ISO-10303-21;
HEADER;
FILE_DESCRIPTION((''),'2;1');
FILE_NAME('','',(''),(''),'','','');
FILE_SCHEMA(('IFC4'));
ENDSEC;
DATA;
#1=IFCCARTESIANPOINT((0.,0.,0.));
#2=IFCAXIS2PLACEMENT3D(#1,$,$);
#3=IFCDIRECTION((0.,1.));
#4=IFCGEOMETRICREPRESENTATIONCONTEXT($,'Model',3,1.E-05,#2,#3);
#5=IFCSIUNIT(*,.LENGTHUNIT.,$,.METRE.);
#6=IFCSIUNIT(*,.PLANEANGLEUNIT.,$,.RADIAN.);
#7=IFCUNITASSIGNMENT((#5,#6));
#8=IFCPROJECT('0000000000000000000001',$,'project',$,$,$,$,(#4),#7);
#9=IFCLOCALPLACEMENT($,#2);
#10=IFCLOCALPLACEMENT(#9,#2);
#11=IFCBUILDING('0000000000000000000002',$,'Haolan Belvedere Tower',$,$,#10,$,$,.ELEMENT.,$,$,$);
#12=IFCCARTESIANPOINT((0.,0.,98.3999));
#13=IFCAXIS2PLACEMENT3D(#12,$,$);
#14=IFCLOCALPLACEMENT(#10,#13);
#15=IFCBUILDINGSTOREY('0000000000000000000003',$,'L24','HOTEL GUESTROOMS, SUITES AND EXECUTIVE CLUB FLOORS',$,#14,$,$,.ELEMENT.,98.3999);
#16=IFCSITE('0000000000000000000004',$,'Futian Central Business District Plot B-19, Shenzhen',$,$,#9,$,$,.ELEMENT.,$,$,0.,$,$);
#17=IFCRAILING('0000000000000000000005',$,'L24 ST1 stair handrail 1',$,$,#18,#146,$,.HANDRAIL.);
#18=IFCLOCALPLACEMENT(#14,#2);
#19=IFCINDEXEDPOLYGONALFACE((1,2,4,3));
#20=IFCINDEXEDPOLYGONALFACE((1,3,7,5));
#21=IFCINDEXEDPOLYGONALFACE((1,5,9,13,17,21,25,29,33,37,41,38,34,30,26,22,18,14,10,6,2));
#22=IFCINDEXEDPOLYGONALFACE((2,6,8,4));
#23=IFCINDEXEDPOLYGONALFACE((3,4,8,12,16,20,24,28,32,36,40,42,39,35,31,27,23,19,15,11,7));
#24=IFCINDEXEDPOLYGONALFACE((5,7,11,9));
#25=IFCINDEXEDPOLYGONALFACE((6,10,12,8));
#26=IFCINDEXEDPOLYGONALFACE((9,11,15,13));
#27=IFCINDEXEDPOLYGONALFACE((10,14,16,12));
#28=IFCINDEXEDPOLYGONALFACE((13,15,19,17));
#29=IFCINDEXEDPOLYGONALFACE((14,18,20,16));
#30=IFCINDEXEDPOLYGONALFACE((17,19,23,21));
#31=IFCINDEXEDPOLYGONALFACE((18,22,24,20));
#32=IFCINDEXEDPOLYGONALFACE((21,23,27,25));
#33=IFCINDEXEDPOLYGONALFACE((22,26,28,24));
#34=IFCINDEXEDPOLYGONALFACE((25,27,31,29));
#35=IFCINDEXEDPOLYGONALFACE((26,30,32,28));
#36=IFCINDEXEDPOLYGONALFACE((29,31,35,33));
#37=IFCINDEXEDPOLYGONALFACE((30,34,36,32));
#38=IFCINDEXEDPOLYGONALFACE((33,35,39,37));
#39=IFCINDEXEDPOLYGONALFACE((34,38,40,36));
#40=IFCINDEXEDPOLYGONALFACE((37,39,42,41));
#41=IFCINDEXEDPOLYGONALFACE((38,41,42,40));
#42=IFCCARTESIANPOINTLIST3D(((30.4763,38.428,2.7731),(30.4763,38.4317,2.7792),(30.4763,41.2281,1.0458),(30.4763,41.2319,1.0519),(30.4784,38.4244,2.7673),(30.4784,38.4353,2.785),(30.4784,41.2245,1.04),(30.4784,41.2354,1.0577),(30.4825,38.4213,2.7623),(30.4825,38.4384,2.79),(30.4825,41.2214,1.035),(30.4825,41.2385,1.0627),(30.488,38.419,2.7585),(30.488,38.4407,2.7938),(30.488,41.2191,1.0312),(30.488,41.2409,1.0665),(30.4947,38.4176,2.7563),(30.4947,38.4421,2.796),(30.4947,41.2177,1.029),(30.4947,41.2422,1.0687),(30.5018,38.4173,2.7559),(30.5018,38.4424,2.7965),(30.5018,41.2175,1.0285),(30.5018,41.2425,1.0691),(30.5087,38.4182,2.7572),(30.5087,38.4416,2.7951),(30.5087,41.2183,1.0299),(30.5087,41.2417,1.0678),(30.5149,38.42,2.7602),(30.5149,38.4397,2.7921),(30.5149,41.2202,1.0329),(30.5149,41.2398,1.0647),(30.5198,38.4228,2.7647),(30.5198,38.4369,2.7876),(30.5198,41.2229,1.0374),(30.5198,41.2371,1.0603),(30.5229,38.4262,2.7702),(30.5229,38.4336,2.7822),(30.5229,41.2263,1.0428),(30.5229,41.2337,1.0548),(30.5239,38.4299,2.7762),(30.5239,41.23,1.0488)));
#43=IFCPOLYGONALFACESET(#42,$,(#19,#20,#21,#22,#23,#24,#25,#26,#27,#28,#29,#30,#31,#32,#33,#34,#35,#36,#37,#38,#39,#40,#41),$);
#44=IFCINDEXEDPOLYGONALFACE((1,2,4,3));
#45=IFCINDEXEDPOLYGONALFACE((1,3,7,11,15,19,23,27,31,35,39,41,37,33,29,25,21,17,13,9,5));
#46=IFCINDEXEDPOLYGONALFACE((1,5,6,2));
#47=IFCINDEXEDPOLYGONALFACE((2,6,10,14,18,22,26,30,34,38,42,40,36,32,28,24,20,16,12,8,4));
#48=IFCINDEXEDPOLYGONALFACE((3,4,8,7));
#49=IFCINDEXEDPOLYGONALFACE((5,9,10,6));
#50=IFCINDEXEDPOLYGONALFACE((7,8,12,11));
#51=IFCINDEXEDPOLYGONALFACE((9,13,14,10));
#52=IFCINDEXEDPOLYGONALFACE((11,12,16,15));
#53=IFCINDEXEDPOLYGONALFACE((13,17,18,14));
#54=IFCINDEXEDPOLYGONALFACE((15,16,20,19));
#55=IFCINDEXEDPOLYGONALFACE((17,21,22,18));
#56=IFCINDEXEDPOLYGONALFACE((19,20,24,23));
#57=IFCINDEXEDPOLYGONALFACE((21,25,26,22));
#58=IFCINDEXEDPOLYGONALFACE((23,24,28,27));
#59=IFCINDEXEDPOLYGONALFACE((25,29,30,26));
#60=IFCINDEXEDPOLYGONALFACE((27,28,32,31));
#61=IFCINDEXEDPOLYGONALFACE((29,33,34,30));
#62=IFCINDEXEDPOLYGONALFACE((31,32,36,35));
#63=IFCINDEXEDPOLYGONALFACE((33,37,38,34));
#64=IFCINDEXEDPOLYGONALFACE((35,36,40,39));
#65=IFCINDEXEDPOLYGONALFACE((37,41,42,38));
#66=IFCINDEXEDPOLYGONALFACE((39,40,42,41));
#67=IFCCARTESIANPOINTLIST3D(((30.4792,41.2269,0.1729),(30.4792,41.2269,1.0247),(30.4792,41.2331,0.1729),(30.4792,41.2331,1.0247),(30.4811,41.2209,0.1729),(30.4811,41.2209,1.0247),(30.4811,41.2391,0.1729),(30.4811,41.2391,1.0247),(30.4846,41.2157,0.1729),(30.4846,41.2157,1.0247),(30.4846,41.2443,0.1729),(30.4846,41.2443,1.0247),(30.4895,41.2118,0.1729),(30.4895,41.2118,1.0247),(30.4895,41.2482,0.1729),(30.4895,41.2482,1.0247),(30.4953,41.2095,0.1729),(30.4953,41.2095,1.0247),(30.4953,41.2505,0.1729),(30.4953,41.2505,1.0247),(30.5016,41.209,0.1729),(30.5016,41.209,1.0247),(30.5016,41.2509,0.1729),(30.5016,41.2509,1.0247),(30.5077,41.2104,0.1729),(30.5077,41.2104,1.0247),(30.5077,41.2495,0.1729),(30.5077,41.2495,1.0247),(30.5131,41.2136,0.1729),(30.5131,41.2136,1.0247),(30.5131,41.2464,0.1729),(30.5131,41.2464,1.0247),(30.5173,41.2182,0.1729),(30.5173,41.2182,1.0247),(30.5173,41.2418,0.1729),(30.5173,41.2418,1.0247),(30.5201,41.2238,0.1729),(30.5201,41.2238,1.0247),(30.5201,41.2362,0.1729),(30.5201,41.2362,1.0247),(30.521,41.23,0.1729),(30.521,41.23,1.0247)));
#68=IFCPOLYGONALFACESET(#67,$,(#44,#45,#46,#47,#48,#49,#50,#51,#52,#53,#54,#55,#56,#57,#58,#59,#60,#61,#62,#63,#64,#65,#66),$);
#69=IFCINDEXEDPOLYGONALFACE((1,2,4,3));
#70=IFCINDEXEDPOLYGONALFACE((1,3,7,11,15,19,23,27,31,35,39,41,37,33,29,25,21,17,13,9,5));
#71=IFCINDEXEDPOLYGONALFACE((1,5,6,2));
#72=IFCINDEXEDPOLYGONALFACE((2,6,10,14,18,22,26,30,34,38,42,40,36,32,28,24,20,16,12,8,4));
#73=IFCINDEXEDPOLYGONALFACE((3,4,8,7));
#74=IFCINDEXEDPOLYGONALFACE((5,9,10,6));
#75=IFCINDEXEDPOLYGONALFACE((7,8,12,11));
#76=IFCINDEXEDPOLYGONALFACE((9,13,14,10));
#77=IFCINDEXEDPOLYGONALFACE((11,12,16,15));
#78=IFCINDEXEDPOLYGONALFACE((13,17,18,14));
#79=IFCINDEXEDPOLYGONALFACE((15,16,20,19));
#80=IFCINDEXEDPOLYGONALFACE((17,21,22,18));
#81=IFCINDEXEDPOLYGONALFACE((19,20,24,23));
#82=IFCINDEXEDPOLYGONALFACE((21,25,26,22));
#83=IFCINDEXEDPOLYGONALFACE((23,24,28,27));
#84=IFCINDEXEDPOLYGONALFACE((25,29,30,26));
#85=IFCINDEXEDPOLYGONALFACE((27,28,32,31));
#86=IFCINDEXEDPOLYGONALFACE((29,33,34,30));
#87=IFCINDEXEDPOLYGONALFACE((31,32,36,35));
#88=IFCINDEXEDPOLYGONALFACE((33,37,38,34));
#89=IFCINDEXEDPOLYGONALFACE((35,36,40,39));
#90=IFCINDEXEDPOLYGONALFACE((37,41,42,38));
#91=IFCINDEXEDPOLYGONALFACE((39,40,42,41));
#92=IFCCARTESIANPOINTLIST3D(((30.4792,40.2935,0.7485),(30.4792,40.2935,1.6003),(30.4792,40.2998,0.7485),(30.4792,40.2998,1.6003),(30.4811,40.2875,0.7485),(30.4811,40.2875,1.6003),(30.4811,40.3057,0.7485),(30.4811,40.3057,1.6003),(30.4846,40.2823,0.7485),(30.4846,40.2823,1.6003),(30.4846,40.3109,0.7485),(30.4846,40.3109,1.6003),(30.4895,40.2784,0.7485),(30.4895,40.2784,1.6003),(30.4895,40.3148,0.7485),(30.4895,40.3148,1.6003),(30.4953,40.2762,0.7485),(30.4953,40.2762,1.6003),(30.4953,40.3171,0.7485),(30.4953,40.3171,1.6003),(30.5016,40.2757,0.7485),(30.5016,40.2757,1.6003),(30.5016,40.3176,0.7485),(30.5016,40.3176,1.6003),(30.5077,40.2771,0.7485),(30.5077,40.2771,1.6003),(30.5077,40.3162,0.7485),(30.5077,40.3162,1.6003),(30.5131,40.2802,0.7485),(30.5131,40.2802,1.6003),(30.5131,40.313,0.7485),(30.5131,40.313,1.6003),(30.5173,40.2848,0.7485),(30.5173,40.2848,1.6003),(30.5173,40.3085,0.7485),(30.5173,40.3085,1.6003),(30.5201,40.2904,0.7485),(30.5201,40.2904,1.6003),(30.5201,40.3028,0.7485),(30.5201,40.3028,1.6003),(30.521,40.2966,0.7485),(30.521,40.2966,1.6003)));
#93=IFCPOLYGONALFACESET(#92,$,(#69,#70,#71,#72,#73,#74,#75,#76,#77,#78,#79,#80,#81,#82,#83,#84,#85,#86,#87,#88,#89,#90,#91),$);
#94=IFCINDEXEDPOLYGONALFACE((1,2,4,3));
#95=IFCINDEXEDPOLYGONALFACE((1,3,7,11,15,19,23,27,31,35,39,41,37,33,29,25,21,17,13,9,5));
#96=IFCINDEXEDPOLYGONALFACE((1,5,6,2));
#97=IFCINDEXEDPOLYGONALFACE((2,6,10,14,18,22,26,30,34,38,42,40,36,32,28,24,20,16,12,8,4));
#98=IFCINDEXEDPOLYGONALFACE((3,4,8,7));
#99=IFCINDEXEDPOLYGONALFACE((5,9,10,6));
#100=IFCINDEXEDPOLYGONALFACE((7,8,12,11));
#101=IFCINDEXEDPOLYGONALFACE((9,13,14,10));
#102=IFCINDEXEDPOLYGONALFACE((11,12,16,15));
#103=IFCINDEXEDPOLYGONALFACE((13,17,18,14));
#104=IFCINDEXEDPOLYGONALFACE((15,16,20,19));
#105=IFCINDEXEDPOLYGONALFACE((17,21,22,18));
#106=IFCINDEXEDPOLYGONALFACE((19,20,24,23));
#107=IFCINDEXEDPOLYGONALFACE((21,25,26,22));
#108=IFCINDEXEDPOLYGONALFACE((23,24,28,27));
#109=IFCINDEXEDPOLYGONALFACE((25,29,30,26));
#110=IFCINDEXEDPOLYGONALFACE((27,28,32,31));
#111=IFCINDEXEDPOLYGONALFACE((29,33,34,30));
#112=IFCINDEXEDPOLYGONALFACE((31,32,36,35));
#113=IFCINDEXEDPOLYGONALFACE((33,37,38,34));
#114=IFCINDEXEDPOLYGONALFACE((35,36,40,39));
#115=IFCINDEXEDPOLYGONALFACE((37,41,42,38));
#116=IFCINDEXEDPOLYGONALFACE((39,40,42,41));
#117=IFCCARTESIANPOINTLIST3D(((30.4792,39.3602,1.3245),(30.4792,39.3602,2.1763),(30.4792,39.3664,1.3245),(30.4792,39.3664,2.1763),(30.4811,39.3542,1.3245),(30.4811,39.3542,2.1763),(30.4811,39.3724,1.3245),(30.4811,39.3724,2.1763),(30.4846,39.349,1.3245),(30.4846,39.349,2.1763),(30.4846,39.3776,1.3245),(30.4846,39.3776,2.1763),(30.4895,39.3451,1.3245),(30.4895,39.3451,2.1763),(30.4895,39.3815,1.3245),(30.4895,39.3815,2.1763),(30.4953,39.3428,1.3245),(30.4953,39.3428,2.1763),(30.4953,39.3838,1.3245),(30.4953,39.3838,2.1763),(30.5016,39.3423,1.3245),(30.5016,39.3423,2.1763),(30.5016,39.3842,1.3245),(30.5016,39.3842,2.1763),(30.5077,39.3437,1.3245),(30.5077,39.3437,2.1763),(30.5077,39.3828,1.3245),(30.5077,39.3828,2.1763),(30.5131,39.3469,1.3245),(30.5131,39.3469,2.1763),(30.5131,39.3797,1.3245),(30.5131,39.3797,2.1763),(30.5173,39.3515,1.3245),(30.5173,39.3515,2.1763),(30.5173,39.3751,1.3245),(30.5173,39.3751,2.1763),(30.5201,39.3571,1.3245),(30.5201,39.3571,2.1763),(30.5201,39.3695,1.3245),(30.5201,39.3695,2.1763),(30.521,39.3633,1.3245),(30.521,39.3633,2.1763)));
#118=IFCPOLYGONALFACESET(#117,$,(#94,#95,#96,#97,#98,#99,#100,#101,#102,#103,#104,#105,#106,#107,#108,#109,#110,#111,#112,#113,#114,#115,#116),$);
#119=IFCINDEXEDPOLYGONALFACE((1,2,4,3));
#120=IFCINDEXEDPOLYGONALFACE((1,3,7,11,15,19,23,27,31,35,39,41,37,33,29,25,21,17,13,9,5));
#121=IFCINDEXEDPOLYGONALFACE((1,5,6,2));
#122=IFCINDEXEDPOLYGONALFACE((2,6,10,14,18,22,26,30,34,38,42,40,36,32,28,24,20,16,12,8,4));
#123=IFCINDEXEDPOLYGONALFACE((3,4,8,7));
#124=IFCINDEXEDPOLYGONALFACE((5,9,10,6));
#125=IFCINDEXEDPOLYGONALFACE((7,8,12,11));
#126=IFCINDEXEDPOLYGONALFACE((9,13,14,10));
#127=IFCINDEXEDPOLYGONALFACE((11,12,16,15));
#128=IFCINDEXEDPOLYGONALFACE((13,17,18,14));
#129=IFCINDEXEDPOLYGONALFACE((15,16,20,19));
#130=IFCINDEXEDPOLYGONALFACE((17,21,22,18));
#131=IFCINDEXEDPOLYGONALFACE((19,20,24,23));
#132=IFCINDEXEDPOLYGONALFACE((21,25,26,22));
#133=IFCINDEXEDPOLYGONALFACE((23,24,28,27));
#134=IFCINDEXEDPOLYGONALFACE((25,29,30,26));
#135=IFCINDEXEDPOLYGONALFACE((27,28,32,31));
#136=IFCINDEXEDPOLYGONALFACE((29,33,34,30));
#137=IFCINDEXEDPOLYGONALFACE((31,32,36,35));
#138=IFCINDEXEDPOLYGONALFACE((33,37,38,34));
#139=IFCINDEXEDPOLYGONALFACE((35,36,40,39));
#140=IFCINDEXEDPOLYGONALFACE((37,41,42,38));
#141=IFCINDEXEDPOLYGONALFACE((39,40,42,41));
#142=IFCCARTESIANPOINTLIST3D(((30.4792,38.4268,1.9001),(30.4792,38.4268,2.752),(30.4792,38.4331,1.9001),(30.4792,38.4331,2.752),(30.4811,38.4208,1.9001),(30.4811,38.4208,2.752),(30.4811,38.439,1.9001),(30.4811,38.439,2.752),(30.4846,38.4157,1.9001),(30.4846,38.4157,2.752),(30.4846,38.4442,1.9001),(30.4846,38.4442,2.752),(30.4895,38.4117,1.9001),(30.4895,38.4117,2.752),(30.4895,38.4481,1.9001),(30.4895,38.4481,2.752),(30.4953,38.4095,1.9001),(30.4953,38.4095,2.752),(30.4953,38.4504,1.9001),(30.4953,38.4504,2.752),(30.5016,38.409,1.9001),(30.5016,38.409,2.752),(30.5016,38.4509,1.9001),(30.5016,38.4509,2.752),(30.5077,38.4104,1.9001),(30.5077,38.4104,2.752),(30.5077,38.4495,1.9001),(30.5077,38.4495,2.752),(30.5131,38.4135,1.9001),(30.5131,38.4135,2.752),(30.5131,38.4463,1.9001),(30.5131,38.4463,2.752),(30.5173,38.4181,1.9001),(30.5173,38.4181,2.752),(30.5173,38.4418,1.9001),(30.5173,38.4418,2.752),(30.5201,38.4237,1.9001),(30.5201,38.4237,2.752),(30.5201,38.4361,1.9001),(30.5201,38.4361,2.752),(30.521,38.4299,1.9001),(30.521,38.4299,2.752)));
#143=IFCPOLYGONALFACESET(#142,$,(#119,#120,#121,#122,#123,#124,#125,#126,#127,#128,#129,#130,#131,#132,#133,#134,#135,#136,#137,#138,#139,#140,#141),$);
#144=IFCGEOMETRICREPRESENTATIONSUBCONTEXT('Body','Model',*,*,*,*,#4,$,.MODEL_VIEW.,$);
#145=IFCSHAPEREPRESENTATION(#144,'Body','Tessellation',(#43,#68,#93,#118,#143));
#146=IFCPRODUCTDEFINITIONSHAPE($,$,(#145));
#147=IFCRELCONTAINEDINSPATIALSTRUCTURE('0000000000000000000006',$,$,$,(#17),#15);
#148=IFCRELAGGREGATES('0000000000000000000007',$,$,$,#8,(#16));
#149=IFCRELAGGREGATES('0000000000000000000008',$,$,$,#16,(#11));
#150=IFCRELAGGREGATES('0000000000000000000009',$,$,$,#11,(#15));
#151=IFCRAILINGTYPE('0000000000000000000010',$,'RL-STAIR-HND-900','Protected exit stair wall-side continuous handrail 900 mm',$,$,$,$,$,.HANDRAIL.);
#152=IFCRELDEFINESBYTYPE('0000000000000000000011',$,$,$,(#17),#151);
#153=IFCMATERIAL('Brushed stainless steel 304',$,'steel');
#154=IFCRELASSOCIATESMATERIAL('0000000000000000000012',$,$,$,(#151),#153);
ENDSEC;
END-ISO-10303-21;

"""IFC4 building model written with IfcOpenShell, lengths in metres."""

from ifc_helpers import new_model, si_unit, direction, frame, origin, origin_2d, place, context, subcontext, project, spatial, circle, extrude, material, type_object, element, save


model = new_model("IFC4")

# Units and contexts
model_context = context("Model", 3, precision=1e-05, world=origin(), true_north=direction((0.0, 1.0)))
body_context = subcontext(model_context, "Body", "Model", "MODEL_VIEW")
ifc_project = project(units=[si_unit("LENGTHUNIT", "METRE"), si_unit("PLANEANGLEUNIT", "RADIAN")], contexts=[model_context])

# Site, building, storey
site_placement = place(None, origin())
site = spatial("IfcSite", under=ifc_project, at=site_placement, Name="Futian Central Business District Plot B-19, Shenzhen", CompositionType="ELEMENT", RefElevation=0.0)
building_placement = place(site_placement, origin())
building = spatial("IfcBuilding", under=site, at=building_placement, Name="Haolan Belvedere Tower", CompositionType="ELEMENT")
storey_placement = place(building_placement, frame((0.0, 0.0, 98.3999)))
storey = spatial("IfcBuildingStorey", under=building, at=storey_placement, Name="L24", Description="HOTEL GUESTROOMS, SUITES AND EXECUTIVE CLUB FLOORS", CompositionType="ELEMENT", Elevation=98.3999)

# Railing
ifc_material_1 = material(Name="Brushed stainless steel 304", Category="steel")
railing_type_1 = type_object("IfcRailingType", Name="RL-STAIR-HND-900", Description="Protected exit stair wall-side continuous handrail 900 mm", PredefinedType="HANDRAIL", material=ifc_material_1)
railing_1_placement = place(storey_placement, frame((30.5, 41.23, 0.1729)))
element("IfcRailing", 1, at=railing_1_placement, inside=storey, type_object=railing_type_1, Name="L24 ST1 stair handrail 1", PredefinedType="HANDRAIL", context=body_context, shape_type="SweptSolid", body=[
    extrude(circle(Radius=0.0239, at=origin_2d()), frame((0.0, 0.0, 0.876), z_axis=(0.0, -0.85109, 0.52502), x_axis=(1.0, 0.0, 0.0)), (0.0, 0.0, 1.0), 3.29),
    extrude(circle(Radius=0.021, at=origin_2d()), origin(), (0.0, 0.0, 1.0), 0.8518),
    extrude(circle(Radius=0.021, at=origin_2d()), frame((0.0, -0.9333, 0.5757)), (0.0, 0.0, 1.0), 0.8518),
    extrude(circle(Radius=0.021, at=origin_2d()), frame((0.0, -1.8667, 1.1516)), (0.0, 0.0, 1.0), 0.8518),
    extrude(circle(Radius=0.021, at=origin_2d()), frame((0.0, -2.8, 1.7273)), (0.0, 0.0, 1.0), 0.8518),
])

save(model, "model.ifc")
